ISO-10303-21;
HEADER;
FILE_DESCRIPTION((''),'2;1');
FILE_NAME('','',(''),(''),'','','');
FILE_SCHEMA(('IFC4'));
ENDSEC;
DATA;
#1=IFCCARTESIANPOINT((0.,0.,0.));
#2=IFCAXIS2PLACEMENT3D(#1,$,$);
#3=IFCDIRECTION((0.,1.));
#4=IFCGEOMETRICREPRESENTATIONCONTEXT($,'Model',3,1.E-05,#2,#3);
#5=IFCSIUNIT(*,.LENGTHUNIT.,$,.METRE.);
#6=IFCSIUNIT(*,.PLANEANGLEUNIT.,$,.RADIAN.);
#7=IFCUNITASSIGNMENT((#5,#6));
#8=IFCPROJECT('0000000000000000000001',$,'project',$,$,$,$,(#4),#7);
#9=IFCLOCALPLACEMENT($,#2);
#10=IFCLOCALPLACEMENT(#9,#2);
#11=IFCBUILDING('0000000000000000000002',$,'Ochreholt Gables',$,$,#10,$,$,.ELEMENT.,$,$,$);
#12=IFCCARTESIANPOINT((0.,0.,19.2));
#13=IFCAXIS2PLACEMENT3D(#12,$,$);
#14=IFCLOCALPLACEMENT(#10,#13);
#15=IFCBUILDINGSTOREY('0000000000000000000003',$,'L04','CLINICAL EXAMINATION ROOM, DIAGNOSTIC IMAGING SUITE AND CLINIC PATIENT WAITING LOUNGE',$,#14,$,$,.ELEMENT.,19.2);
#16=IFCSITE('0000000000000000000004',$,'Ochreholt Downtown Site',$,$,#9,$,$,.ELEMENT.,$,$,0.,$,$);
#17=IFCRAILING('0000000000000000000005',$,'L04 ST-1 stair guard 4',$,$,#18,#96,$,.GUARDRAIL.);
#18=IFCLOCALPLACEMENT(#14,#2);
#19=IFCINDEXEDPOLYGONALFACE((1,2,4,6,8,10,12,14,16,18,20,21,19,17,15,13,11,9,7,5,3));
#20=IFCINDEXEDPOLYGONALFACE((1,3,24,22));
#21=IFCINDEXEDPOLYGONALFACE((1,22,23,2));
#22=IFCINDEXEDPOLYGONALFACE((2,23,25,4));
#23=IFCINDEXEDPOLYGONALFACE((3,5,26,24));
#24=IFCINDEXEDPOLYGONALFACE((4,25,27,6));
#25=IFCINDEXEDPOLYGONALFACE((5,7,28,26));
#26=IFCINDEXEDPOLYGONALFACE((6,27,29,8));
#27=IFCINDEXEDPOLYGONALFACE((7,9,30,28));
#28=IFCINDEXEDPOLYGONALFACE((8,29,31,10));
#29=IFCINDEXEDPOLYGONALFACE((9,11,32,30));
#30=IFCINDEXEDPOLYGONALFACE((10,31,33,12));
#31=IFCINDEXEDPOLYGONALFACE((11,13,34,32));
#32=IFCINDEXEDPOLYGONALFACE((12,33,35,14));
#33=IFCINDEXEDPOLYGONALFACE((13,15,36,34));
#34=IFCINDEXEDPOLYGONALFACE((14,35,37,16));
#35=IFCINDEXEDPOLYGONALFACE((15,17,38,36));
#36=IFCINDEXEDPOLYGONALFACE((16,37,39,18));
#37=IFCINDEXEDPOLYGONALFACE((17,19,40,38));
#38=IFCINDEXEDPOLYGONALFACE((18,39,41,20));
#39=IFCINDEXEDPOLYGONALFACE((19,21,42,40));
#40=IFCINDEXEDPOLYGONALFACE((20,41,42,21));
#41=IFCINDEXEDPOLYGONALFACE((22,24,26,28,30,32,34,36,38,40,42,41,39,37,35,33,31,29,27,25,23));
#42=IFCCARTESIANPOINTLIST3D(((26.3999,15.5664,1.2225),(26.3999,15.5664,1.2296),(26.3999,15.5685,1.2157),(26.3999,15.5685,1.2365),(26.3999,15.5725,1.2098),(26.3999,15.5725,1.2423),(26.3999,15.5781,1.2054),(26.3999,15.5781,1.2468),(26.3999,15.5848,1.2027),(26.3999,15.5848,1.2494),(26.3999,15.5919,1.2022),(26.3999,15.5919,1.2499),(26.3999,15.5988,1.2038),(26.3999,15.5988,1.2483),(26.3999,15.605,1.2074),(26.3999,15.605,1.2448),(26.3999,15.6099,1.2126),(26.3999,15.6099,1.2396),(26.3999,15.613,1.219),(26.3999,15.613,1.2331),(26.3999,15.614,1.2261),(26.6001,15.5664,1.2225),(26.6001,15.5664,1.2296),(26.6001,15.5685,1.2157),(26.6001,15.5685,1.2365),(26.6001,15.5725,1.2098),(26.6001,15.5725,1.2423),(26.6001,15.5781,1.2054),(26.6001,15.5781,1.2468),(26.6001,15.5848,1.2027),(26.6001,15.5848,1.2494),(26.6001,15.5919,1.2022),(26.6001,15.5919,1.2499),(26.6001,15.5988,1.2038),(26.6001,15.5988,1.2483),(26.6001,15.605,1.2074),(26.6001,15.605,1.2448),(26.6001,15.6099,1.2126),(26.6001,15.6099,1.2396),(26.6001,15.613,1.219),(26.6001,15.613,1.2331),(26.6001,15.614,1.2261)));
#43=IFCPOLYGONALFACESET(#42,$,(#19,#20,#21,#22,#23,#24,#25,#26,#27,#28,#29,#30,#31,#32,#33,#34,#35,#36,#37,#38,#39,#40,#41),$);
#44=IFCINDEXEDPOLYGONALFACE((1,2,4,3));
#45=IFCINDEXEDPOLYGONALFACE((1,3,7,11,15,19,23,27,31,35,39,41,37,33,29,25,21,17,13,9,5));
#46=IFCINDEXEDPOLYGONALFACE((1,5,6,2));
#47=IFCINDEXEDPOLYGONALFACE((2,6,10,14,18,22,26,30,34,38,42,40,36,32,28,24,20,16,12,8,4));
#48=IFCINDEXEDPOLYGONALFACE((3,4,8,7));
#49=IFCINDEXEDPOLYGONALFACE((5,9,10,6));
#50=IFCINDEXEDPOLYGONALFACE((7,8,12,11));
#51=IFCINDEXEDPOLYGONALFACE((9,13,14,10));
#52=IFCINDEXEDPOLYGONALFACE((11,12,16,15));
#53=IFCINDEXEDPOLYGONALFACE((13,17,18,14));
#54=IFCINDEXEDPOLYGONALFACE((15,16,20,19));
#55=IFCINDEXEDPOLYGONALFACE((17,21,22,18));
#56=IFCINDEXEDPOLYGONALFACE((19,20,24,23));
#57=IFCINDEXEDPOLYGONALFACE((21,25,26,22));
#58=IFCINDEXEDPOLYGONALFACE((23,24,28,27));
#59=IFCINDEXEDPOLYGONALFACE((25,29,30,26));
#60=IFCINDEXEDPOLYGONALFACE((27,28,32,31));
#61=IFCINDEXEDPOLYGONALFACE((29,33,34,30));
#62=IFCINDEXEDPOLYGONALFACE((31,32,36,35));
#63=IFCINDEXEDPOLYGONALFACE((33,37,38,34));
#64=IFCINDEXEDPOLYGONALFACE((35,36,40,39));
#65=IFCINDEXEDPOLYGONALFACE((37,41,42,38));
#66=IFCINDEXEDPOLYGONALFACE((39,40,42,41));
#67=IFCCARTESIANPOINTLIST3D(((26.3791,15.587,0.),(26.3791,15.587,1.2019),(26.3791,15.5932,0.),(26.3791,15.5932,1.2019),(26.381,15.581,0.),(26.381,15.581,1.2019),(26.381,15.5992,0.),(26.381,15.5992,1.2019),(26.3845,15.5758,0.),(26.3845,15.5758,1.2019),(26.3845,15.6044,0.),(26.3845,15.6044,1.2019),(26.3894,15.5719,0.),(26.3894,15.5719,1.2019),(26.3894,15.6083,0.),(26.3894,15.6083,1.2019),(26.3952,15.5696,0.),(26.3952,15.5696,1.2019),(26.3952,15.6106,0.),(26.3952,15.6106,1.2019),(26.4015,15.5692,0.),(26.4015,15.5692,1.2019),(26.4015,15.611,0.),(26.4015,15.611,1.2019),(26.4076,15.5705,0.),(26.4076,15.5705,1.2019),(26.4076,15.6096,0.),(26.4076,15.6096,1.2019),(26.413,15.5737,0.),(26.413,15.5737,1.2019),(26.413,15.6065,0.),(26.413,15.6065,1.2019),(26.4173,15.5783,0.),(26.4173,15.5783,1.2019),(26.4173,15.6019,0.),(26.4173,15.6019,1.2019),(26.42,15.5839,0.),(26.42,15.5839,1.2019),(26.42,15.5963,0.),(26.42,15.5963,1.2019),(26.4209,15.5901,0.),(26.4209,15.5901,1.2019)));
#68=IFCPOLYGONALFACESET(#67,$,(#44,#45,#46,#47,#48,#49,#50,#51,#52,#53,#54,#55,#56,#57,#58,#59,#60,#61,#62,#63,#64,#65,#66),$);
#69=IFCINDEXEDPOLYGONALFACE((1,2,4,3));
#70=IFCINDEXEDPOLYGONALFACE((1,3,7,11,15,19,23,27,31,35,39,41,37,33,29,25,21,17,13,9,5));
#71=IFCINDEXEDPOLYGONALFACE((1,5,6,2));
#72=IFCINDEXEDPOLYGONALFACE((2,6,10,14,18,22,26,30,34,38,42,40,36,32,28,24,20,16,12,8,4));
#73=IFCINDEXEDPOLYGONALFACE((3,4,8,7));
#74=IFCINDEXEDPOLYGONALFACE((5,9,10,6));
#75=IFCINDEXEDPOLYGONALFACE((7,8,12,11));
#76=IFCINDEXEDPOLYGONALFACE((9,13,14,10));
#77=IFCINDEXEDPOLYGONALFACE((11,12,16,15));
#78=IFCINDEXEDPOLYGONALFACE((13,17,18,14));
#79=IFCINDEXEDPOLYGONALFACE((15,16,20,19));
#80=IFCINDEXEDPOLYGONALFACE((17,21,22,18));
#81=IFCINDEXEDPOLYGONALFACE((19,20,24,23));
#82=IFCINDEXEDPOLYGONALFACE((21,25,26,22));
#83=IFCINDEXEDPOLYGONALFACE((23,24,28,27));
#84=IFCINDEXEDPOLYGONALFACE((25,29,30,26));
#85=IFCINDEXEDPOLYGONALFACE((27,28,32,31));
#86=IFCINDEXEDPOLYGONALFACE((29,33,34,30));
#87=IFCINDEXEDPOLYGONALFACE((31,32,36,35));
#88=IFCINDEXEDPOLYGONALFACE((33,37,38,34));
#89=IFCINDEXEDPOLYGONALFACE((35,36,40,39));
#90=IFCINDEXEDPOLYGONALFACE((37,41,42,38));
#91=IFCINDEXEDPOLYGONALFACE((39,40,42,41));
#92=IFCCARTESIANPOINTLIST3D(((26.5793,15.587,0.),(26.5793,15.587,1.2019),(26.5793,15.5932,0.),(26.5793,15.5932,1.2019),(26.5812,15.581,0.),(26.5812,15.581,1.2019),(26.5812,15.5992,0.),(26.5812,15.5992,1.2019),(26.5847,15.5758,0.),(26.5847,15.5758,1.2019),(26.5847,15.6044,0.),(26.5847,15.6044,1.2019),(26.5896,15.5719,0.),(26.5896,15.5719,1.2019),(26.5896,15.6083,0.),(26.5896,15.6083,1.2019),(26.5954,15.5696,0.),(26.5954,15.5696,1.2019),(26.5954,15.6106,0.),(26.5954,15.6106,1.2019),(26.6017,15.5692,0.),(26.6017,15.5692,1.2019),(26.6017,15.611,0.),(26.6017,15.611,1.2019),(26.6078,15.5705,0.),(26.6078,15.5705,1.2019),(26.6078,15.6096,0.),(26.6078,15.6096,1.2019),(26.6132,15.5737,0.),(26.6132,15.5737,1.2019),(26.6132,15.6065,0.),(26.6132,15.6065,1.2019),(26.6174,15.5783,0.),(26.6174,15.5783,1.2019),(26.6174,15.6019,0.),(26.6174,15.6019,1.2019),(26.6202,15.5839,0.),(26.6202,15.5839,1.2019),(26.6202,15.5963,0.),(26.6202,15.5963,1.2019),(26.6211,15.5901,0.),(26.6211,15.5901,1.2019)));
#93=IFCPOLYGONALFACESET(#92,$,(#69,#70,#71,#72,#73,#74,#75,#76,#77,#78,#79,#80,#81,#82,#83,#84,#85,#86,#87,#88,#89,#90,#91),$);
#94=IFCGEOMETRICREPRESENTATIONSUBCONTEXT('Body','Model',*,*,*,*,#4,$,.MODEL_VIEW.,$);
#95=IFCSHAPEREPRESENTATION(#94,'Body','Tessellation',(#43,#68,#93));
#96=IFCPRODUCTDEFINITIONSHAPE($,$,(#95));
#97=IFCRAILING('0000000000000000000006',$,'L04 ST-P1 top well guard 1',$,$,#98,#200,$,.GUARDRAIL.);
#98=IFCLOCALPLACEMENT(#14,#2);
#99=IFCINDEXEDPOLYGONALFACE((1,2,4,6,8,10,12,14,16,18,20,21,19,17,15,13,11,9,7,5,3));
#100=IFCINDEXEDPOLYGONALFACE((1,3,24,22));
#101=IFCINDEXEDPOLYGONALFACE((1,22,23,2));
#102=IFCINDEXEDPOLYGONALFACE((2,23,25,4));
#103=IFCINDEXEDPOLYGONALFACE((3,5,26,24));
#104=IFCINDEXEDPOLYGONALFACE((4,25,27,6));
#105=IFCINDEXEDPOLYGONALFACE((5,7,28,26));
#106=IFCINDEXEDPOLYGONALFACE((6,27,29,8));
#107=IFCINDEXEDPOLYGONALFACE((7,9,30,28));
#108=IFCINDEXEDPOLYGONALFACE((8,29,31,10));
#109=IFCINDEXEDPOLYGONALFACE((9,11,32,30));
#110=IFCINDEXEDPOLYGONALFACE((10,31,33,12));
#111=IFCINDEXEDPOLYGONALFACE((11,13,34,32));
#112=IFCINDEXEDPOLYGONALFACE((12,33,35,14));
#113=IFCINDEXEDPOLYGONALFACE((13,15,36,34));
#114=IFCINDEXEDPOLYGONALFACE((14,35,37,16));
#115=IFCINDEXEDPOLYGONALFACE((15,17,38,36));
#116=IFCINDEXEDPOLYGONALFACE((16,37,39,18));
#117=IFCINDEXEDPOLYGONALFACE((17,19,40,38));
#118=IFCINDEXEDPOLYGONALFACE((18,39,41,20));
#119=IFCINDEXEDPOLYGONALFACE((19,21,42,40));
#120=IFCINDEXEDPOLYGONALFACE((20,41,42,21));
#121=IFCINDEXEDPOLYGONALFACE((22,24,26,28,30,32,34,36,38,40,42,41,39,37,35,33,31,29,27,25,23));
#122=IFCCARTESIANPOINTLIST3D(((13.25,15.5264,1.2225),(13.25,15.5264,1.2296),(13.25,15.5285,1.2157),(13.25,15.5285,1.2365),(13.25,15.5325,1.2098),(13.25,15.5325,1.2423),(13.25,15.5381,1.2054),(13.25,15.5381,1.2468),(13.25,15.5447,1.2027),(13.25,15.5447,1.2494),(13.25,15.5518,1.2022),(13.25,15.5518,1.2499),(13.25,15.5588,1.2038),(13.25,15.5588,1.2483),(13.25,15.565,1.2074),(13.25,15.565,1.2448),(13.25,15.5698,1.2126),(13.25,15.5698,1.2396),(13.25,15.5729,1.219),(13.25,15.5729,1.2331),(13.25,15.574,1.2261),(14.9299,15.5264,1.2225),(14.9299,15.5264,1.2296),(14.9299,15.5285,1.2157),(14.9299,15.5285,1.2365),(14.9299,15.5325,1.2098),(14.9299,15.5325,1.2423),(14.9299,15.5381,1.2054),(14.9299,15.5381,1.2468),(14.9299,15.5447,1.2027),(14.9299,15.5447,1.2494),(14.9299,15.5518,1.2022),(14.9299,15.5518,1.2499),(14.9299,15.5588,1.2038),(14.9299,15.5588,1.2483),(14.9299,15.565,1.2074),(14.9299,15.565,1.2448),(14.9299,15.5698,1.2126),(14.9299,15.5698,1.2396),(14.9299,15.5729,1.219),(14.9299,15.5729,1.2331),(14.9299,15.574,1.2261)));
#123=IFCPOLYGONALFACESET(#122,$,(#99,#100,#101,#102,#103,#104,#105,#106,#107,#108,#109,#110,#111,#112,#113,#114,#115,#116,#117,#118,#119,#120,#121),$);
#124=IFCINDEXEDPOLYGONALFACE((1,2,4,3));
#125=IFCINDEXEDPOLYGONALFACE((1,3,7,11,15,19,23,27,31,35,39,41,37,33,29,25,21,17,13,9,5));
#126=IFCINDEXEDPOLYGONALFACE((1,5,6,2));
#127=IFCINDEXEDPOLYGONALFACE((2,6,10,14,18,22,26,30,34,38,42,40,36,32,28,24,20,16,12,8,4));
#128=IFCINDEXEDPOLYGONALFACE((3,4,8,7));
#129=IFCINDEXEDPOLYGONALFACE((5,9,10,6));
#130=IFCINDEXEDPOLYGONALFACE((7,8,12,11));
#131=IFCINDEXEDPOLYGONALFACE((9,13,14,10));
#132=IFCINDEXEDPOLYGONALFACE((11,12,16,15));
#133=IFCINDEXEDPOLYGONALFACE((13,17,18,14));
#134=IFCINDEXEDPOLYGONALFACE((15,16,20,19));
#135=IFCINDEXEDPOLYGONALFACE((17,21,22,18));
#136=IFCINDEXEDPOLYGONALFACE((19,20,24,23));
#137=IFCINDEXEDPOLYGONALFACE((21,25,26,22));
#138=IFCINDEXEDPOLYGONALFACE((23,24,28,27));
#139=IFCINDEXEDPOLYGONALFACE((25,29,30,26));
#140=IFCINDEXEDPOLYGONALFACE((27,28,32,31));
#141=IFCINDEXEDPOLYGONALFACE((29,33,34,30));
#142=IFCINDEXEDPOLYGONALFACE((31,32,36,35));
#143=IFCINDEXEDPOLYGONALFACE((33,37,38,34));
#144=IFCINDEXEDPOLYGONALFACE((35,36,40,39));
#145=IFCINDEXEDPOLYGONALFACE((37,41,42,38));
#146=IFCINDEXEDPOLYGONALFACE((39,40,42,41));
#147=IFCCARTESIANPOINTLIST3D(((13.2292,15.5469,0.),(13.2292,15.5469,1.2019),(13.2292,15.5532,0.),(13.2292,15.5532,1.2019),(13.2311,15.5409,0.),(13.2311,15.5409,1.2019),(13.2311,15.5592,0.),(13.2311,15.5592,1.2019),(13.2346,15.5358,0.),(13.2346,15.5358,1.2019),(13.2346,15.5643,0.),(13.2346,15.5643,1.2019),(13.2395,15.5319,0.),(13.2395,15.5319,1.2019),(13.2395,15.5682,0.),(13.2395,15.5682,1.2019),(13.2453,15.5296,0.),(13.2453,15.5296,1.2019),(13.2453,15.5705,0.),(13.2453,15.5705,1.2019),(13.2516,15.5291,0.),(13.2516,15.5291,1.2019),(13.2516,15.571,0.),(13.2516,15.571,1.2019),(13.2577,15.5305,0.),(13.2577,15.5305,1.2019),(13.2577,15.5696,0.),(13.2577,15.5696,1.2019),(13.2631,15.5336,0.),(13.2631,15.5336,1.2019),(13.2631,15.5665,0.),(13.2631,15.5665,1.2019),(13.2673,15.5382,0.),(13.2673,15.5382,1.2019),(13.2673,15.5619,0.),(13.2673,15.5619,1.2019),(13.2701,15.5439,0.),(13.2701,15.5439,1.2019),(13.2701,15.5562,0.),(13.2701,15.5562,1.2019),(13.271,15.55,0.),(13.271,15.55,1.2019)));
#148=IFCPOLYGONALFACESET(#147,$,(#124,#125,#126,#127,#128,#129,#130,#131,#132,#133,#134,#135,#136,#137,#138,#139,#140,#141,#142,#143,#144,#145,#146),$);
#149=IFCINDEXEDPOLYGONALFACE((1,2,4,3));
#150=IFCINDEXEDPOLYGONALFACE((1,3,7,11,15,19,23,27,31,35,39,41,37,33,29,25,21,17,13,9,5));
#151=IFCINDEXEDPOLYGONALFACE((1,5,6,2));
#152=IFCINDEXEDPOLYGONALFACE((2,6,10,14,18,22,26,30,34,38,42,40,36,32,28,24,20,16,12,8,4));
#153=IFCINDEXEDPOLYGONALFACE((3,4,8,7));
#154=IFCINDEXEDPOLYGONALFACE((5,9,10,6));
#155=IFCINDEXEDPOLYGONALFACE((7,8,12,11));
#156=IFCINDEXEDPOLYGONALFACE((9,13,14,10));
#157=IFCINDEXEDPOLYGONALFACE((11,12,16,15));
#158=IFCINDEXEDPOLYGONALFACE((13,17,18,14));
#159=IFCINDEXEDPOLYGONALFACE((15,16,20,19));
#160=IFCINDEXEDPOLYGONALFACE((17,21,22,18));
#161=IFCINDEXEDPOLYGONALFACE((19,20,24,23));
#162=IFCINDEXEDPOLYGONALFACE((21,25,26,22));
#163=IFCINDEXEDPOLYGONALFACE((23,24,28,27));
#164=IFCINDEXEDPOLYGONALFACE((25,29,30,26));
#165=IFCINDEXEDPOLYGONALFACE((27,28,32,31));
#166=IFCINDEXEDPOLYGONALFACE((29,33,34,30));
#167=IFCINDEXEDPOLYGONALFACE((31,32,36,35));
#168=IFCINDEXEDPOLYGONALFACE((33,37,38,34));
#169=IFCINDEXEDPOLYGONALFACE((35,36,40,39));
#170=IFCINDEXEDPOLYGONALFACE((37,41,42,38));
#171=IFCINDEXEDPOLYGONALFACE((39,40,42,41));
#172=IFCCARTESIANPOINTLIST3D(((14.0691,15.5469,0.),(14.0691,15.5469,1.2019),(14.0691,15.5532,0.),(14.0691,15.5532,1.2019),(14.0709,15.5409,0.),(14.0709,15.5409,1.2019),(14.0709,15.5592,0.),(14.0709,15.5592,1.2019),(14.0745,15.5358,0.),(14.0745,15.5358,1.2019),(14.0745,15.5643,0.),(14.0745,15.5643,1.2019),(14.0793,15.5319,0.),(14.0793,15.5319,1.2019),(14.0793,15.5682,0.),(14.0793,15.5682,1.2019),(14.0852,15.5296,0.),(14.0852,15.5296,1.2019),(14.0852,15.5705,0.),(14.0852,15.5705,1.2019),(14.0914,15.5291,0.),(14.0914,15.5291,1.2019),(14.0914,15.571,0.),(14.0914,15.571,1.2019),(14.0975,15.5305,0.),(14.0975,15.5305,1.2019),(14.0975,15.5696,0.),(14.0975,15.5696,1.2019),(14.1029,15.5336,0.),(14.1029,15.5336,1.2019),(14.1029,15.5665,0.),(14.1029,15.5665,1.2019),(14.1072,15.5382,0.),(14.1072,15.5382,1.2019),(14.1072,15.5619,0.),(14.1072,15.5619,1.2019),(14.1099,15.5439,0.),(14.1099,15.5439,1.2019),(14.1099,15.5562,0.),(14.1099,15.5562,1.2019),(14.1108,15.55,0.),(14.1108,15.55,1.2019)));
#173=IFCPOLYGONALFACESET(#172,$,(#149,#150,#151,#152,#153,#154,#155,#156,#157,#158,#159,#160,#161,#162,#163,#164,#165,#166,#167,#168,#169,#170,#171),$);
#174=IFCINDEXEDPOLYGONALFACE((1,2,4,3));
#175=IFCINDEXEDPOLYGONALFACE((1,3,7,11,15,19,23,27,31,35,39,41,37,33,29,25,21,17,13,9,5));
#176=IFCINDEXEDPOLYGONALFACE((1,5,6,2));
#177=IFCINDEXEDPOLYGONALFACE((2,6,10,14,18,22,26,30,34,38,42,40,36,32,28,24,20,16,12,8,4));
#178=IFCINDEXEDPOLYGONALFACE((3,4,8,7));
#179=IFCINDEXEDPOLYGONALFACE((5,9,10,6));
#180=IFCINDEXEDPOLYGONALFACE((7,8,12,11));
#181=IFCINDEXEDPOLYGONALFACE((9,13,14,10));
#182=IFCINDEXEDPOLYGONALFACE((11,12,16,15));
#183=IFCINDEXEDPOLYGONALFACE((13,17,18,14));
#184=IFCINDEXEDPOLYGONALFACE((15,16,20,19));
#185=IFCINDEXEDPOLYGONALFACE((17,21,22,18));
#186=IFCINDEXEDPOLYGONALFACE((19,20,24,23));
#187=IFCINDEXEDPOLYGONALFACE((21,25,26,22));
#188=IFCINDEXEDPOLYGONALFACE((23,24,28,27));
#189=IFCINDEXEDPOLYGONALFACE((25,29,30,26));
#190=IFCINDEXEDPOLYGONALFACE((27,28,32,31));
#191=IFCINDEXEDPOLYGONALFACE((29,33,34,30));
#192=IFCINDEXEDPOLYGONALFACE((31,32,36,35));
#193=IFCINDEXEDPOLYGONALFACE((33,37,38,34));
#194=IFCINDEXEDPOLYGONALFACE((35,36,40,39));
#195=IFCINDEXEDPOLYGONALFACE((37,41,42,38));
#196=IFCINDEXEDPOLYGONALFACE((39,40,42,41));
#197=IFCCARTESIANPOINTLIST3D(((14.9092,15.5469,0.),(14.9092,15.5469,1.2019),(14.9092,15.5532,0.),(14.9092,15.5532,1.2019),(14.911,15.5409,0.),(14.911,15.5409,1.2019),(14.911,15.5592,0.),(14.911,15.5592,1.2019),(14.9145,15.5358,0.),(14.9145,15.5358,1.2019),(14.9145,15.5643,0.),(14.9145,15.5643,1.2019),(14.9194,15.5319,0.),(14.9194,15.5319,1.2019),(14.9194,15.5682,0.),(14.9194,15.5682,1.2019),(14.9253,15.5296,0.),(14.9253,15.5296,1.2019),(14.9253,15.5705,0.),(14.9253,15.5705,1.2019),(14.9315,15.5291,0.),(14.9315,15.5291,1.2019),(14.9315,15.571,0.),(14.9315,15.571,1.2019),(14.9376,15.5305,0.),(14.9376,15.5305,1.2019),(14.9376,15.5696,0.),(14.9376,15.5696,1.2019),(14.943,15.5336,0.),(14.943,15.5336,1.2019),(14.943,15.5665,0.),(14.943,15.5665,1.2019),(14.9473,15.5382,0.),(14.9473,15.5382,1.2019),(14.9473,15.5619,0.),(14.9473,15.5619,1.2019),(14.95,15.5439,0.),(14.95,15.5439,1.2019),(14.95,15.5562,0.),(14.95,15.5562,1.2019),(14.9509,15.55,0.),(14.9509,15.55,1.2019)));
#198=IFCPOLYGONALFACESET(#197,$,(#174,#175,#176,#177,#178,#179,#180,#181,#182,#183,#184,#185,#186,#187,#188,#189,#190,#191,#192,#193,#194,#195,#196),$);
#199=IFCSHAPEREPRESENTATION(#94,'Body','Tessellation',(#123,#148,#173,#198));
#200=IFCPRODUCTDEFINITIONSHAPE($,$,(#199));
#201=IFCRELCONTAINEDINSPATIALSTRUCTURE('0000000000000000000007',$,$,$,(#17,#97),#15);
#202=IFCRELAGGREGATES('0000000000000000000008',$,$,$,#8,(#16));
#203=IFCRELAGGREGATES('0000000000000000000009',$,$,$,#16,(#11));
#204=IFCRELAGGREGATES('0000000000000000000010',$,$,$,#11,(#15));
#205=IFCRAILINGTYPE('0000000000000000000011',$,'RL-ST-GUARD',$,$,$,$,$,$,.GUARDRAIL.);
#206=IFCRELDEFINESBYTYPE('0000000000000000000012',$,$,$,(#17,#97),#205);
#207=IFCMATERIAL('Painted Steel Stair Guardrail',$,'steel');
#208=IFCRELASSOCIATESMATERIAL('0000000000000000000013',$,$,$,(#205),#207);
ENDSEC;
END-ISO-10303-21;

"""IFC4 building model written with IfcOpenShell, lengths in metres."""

from ifc_helpers import new_model, si_unit, direction, frame, origin, origin_2d, place, context, subcontext, project, spatial, circle, extrude, material, type_object, element, save


model = new_model("IFC4")

# Units and contexts
model_context = context("Model", 3, precision=1e-05, world=origin(), true_north=direction((0.0, 1.0)))
body_context = subcontext(model_context, "Body", "Model", "MODEL_VIEW")
ifc_project = project(units=[si_unit("LENGTHUNIT", "METRE"), si_unit("PLANEANGLEUNIT", "RADIAN")], contexts=[model_context])

# Site, building, storey
site_placement = place(None, origin())
site = spatial("IfcSite", under=ifc_project, at=site_placement, Name="Ochreholt Downtown Site", CompositionType="ELEMENT", RefElevation=0.0)
building_placement = place(site_placement, origin())
building = spatial("IfcBuilding", under=site, at=building_placement, Name="Ochreholt Gables", CompositionType="ELEMENT")
storey_placement = place(building_placement, frame((0.0, 0.0, 19.2)))
storey = spatial("IfcBuildingStorey", under=building, at=storey_placement, Name="L04", Description="CLINICAL EXAMINATION ROOM, DIAGNOSTIC IMAGING SUITE AND CLINIC PATIENT WAITING LOUNGE", CompositionType="ELEMENT", Elevation=19.2)

# Railings
ifc_material_1 = material(Name="Painted Steel Stair Guardrail", Category="steel")
railing_type_1 = type_object("IfcRailingType", Name="RL-ST-GUARD", PredefinedType="GUARDRAIL", material=ifc_material_1)
railing_1_placement = place(storey_placement, frame((26.3999, 15.5901, 0.0)))
element("IfcRailing", 1, at=railing_1_placement, inside=storey, type_object=railing_type_1, Name="L04 ST-1 stair guard 4", PredefinedType="GUARDRAIL", context=body_context, shape_type="SweptSolid", body=[
    extrude(circle(Radius=0.0239, at=origin_2d()), frame((0.0, 0.0, 1.2261), z_axis=(1.0, 0.0, 0.0), x_axis=(0.0, 1.0, 0.0)), (0.0, 0.0, 1.0), 0.2002),
    extrude(circle(Radius=0.021, at=origin_2d()), origin(), (0.0, 0.0, 1.0), 1.2019),
    extrude(circle(Radius=0.021, at=origin_2d()), frame((0.2002, 0.0, 0.0)), (0.0, 0.0, 1.0), 1.2019),
])
railing_2_placement = place(storey_placement, frame((13.25, 15.55, 0.0)))
element("IfcRailing", 2, at=railing_2_placement, inside=storey, type_object=railing_type_1, Name="L04 ST-P1 top well guard 1", PredefinedType="GUARDRAIL", context=body_context, shape_type="SweptSolid", body=[
    extrude(circle(Radius=0.0239, at=origin_2d()), frame((0.0, 0.0, 1.2261), z_axis=(1.0, 0.0, 0.0), x_axis=(0.0, 1.0, 0.0)), (0.0, 0.0, 1.0), 1.6799),
    extrude(circle(Radius=0.021, at=origin_2d()), origin(), (0.0, 0.0, 1.0), 1.2019),
    extrude(circle(Radius=0.021, at=origin_2d()), frame((0.8398, 0.0, 0.0)), (0.0, 0.0, 1.0), 1.2019),
    extrude(circle(Radius=0.021, at=origin_2d()), frame((1.6799, 0.0, 0.0)), (0.0, 0.0, 1.0), 1.2019),
])

save(model, "model.ifc")
